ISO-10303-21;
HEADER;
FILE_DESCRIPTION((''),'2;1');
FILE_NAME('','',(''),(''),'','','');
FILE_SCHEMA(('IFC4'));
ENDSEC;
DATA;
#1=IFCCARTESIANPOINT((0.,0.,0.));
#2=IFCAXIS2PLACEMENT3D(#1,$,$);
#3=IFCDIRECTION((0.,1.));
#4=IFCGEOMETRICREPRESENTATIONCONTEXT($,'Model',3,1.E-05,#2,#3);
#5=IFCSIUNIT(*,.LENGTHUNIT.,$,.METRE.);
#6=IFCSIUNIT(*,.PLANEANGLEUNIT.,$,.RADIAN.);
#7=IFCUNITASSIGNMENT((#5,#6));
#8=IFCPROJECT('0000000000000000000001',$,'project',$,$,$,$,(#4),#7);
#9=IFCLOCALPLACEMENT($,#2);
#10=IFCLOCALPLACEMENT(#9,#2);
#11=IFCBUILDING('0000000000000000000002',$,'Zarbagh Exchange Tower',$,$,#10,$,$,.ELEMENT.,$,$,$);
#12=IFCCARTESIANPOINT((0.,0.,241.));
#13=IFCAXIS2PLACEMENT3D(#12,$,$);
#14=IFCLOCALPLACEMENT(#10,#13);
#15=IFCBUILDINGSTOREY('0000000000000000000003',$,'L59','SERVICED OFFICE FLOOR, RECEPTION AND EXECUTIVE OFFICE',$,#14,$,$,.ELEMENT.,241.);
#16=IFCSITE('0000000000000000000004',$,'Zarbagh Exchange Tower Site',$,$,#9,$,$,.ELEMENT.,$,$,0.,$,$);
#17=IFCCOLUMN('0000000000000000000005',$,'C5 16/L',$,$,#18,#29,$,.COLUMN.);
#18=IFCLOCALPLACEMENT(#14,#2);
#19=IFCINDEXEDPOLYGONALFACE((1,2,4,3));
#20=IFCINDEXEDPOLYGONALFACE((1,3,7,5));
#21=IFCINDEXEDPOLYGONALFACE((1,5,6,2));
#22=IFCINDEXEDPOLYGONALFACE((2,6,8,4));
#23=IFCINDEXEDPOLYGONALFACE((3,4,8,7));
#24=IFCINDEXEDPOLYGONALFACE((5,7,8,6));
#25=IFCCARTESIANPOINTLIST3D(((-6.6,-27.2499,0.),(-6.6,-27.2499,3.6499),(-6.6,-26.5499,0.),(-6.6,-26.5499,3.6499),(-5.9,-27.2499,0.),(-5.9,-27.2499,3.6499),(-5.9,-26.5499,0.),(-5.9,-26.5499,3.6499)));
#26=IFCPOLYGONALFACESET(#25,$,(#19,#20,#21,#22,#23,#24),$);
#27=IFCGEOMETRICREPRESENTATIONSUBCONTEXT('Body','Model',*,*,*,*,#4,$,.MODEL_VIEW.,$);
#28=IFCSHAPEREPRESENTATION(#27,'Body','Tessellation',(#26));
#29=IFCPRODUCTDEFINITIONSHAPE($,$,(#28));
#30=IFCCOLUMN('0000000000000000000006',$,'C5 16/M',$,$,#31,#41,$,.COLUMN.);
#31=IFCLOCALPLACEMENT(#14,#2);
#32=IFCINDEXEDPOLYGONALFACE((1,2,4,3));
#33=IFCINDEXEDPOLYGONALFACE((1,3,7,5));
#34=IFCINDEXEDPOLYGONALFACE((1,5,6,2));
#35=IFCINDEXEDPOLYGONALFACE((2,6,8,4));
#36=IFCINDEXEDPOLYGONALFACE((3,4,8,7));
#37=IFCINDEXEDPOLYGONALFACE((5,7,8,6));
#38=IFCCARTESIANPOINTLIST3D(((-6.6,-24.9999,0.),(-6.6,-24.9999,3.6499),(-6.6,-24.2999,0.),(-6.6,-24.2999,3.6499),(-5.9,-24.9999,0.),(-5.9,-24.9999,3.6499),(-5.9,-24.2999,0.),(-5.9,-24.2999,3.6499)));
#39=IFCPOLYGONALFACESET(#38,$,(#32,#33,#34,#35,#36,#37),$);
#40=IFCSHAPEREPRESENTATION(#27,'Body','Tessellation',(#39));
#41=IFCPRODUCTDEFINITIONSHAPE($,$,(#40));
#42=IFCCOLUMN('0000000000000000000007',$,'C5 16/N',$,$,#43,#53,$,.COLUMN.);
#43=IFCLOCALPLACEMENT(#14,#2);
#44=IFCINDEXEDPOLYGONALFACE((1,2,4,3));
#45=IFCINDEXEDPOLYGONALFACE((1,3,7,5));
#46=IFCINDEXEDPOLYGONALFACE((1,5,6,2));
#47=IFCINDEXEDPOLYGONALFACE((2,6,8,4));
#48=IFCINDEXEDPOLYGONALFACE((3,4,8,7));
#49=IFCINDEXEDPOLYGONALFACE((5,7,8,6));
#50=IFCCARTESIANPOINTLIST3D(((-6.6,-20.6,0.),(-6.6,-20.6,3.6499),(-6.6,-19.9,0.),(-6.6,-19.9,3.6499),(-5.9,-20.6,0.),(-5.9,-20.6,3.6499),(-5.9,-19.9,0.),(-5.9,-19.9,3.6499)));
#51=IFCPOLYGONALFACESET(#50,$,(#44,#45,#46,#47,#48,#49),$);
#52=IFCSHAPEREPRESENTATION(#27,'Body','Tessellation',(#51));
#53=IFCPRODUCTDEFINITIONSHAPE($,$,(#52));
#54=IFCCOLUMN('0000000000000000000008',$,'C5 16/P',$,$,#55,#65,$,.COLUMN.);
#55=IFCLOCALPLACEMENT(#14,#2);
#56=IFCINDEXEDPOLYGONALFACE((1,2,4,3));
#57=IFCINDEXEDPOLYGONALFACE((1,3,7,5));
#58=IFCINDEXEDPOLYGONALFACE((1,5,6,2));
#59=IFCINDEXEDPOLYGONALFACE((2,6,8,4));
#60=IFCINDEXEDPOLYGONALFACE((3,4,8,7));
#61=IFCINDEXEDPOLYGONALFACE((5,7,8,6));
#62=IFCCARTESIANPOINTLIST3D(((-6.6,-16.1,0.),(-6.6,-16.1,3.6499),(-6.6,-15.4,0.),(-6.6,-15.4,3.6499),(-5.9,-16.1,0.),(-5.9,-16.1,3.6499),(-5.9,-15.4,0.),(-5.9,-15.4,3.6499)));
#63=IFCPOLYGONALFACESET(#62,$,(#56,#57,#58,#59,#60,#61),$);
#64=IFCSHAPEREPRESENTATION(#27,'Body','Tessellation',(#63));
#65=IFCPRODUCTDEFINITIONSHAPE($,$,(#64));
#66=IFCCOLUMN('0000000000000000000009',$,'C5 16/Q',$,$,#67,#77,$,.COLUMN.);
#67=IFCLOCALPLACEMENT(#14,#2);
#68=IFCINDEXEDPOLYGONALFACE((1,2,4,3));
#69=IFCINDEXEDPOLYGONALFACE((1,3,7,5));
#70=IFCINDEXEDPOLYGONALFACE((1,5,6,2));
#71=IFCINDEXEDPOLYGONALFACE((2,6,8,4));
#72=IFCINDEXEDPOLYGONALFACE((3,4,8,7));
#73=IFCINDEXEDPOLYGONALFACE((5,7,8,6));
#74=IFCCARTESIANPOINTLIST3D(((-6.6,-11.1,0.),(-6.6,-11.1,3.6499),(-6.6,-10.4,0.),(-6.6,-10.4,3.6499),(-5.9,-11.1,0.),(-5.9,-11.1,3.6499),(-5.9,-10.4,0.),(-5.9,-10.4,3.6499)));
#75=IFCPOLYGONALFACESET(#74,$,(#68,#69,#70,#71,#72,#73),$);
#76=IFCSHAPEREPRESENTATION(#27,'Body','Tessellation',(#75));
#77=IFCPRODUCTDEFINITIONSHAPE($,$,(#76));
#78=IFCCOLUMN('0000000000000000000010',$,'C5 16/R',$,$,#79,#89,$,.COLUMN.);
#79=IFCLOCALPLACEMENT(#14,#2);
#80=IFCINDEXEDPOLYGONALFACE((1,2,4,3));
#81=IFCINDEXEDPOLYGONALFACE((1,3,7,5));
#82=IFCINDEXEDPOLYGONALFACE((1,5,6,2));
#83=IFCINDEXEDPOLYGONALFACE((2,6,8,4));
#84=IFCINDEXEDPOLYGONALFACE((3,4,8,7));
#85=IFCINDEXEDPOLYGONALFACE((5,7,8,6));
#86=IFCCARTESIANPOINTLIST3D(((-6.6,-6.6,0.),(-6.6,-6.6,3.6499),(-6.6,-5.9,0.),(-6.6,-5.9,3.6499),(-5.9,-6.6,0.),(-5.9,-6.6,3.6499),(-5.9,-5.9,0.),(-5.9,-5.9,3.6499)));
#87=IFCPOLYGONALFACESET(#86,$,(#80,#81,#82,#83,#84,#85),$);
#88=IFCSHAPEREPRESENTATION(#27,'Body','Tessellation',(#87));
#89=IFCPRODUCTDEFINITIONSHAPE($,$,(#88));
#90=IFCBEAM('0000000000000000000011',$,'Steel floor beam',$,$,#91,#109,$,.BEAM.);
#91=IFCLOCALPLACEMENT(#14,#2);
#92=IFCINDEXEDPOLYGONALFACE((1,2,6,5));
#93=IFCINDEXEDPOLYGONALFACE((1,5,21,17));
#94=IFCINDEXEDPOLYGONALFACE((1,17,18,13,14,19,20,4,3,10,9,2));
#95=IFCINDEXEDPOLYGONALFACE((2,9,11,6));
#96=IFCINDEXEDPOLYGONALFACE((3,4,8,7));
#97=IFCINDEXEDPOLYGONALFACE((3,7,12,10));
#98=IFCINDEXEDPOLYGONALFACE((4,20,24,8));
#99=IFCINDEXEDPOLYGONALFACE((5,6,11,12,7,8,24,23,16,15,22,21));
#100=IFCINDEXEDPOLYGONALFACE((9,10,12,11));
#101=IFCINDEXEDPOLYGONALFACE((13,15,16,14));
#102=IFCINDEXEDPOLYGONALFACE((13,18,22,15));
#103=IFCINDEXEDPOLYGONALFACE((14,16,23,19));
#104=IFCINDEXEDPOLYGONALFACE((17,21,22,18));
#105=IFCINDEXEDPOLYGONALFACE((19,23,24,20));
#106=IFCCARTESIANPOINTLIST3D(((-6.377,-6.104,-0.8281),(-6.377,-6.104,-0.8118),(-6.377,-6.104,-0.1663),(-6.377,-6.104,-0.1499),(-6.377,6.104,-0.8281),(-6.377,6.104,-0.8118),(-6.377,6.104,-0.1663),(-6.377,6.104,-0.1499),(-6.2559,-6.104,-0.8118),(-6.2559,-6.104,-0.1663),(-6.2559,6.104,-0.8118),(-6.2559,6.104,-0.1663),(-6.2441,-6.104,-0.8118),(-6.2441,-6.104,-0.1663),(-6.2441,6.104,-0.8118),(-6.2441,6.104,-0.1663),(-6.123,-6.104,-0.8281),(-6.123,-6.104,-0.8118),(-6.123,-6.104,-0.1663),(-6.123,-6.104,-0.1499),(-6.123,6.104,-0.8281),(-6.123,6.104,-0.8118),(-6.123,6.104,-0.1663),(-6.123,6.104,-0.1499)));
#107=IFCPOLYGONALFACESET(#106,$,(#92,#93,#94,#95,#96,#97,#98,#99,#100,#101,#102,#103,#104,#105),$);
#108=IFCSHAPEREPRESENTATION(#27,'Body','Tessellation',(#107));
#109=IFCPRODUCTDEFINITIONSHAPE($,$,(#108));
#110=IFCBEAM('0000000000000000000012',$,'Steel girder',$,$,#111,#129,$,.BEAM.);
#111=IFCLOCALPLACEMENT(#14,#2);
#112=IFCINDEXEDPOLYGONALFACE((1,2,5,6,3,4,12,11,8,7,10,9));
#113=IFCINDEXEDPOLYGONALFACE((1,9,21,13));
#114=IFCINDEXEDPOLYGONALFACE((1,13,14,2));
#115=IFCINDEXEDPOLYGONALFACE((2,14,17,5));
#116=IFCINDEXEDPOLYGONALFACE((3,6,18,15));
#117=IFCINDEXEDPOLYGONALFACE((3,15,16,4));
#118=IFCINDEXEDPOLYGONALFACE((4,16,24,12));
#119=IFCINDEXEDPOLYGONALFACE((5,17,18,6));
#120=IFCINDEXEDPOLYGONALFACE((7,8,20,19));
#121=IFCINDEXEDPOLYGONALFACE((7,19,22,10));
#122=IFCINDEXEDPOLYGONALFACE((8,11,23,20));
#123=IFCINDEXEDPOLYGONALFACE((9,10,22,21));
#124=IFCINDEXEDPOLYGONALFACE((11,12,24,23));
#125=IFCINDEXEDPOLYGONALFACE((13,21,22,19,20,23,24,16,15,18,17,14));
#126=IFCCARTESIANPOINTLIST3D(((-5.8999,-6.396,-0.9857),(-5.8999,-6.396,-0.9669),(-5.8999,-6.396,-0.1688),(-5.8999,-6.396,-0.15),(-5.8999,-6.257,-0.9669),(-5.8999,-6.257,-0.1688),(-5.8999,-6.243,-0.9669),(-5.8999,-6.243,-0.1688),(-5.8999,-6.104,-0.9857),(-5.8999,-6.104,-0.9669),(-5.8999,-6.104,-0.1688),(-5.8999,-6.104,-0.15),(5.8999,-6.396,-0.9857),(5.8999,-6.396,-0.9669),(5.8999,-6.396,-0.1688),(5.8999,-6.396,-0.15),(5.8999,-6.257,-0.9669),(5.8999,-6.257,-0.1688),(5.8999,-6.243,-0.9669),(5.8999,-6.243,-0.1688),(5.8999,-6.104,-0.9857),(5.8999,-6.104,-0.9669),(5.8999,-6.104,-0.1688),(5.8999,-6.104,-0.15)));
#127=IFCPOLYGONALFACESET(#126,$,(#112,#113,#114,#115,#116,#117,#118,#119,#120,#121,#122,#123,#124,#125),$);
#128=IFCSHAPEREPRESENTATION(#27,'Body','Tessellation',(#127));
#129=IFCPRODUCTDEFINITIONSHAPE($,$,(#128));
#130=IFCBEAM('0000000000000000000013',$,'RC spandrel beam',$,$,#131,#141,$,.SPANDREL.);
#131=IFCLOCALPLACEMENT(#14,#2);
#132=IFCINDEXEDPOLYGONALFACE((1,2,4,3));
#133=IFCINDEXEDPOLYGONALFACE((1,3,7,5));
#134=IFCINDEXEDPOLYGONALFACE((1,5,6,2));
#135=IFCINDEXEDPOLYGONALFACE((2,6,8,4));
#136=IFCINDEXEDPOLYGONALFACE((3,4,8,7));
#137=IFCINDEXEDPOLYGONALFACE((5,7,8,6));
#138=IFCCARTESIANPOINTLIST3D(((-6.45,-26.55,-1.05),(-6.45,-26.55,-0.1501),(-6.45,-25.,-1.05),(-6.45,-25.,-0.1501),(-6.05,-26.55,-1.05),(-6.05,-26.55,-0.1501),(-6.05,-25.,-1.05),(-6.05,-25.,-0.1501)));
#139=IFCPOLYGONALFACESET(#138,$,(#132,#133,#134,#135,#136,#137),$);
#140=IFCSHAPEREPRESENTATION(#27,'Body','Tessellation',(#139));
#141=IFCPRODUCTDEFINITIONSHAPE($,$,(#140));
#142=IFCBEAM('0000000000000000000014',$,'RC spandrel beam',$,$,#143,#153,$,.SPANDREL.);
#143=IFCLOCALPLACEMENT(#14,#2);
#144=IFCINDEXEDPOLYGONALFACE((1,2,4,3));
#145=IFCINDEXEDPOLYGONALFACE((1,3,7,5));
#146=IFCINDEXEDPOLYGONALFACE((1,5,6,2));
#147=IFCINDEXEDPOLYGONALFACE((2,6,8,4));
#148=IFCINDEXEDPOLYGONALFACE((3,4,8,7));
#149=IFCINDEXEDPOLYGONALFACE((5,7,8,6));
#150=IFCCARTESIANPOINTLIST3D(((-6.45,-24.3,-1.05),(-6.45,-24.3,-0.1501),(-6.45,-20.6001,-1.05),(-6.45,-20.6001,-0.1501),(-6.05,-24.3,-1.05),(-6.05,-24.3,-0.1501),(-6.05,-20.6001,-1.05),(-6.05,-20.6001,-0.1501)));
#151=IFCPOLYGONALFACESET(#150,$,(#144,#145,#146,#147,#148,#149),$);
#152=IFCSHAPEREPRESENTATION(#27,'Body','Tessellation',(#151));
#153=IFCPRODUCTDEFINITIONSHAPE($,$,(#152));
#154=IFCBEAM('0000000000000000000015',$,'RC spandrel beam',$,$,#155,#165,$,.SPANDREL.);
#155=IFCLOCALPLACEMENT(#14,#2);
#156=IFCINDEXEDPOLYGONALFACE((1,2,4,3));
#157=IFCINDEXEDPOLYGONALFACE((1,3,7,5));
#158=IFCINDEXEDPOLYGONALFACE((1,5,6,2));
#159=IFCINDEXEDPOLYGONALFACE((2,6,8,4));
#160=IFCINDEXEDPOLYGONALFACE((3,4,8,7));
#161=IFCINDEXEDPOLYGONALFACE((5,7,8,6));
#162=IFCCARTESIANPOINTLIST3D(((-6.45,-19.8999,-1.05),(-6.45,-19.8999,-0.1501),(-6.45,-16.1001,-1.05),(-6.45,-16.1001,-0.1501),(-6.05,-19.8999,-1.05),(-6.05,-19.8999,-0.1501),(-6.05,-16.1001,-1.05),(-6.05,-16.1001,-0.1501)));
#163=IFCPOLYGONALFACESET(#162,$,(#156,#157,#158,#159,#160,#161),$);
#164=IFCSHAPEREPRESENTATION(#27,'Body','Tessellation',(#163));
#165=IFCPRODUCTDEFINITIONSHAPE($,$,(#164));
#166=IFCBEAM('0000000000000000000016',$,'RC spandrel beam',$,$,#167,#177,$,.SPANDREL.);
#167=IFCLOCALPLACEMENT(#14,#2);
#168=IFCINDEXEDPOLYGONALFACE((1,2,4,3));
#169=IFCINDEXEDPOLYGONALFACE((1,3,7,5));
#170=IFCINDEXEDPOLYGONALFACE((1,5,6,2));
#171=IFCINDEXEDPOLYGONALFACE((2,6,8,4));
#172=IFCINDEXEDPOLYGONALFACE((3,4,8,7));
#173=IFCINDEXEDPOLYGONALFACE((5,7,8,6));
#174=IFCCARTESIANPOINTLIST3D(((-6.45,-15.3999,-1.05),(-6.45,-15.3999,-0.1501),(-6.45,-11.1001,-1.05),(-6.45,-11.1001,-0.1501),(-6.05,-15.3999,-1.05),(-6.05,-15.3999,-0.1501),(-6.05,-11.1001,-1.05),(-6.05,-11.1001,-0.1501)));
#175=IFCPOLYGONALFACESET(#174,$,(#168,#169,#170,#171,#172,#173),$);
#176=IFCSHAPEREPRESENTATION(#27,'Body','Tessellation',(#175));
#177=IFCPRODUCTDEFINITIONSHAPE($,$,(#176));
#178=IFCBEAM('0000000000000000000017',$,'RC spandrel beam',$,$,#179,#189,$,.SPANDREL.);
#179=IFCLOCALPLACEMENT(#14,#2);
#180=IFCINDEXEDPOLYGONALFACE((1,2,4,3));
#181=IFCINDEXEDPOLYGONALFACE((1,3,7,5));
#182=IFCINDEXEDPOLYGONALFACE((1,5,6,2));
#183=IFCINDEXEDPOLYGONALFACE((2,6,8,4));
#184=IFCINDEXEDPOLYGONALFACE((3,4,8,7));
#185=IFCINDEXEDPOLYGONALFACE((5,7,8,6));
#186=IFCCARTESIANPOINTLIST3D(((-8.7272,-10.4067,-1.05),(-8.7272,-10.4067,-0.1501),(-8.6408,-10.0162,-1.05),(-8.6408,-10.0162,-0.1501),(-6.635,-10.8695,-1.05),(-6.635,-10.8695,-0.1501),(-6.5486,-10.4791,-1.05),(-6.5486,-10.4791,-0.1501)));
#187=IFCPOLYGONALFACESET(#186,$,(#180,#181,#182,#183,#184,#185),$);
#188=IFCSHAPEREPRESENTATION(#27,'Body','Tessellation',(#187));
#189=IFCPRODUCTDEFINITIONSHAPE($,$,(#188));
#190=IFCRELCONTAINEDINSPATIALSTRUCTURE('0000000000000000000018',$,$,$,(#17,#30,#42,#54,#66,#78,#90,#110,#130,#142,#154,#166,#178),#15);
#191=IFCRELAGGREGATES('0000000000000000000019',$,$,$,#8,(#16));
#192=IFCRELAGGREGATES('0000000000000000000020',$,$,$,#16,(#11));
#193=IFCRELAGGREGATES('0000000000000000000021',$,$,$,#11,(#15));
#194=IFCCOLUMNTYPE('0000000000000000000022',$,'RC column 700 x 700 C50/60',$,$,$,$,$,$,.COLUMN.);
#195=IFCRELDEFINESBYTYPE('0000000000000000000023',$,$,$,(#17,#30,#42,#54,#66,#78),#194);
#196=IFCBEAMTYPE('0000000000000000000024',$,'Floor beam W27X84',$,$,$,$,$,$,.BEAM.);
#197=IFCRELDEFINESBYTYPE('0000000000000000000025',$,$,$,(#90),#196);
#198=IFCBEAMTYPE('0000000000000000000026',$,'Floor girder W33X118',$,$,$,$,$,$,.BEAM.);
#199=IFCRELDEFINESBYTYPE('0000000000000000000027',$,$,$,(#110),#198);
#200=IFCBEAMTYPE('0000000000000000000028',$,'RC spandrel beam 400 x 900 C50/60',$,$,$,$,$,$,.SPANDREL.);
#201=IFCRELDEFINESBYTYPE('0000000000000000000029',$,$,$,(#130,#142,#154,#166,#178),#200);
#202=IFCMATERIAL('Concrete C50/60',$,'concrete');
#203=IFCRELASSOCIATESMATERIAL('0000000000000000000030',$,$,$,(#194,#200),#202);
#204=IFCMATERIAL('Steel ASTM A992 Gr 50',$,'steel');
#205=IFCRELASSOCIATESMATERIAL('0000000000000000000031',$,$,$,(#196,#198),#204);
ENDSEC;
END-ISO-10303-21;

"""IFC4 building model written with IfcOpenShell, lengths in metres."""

from ifc_helpers import new_model, si_unit, direction, frame, origin, origin_2d, place, context, subcontext, project, spatial, rectangle, i_section, extrude, material, material_profile, profile_set, type_object, element, save


model = new_model("IFC4")

# Units and contexts
model_context = context("Model", 3, precision=1e-05, world=origin(), true_north=direction((0.0, 1.0)))
body_context = subcontext(model_context, "Body", "Model", "MODEL_VIEW")
ifc_project = project(units=[si_unit("LENGTHUNIT", "METRE"), si_unit("PLANEANGLEUNIT", "RADIAN")], contexts=[model_context])

# Site, building, storey
site_placement = place(None, origin())
site = spatial("IfcSite", under=ifc_project, at=site_placement, Name="Zarbagh Exchange Tower Site", CompositionType="ELEMENT", RefElevation=0.0)
building_placement = place(site_placement, origin())
building = spatial("IfcBuilding", under=site, at=building_placement, Name="Zarbagh Exchange Tower", CompositionType="ELEMENT")
storey_placement = place(building_placement, frame((0.0, 0.0, 241.0)))
storey = spatial("IfcBuildingStorey", under=building, at=storey_placement, Name="L59", Description="SERVICED OFFICE FLOOR, RECEPTION AND EXECUTIVE OFFICE", CompositionType="ELEMENT", Elevation=241.0)

# Columns
ifc_material_1 = material(Name="Concrete C50/60", Category="concrete")
ifc_material_profile_1 = material_profile(ifc_material_1, rectangle(XDim=0.7, YDim=0.7, at=origin_2d()), Name="RC column 700 x 700 C50/60")
ifc_profile_set_1 = profile_set([ifc_material_profile_1], Name="Concrete C50/60")
column_type = type_object("IfcColumnType", Name="RC column 700 x 700 C50/60", PredefinedType="COLUMN", material=ifc_profile_set_1)
for number, where, z_axis, x_axis, name in (
    (1, (-6.25, -26.8999, 0.0), (0.0, 0.0, 1.0), (1.0, 0.0, 0.0), "C5 16/L"),
    (2, (-6.25, -24.6499, 0.0), (0.0, 0.0, 1.0), (1.0, 0.0, 0.0), "C5 16/M"),
    (3, (-6.25, -20.25, 0.0), (0.0, 0.0, 1.0), (1.0, 0.0, 0.0), "C5 16/N"),
    (4, (-6.25, -15.75, 0.0), (0.0, 0.0, 1.0), (1.0, 0.0, 0.0), "C5 16/P"),
    (5, (-6.25, -10.75, 0.0), (0.0, 0.0, 1.0), (1.0, 0.0, 0.0), "C5 16/Q"),
    (6, (-6.25, -6.25, 0.0), (0.0, 0.0, 1.0), (1.0, 0.0, 0.0), "C5 16/R"),
):
    element("IfcColumn", number, at=place(storey_placement, frame(where, z_axis=z_axis, x_axis=x_axis)), inside=storey, type_object=column_type, Name=name, PredefinedType="COLUMN", context=body_context, shape_type="SweptSolid", body=[
        extrude(rectangle(XDim=0.7, YDim=0.7, at=origin_2d()), origin(), (0.0, 0.0, 1.0), 3.6499),
    ])

# Beams
ifc_material_2 = material(Name="Steel ASTM A992 Gr 50", Category="steel")
ifc_material_profile_2 = material_profile(ifc_material_2, i_section(OverallWidth=0.2539, OverallDepth=0.6782, WebThickness=0.0117, FlangeThickness=0.0164, at=origin_2d()), Name="W27X84")
ifc_profile_set_2 = profile_set([ifc_material_profile_2], Name="Steel ASTM A992 Gr 50")
beam_type_1 = type_object("IfcBeamType", Name="Floor beam W27X84", PredefinedType="BEAM", material=ifc_profile_set_2)
beam_1_placement = place(storey_placement, frame((-6.25, -6.104, -0.489), z_axis=(0.0, 1.0, 0.0), x_axis=(-1.0, 0.0, 0.0)))
element("IfcBeam", 7, at=beam_1_placement, inside=storey, type_object=beam_type_1, Name="Steel floor beam", PredefinedType="BEAM", context=body_context, shape_type="SweptSolid", body=[
    extrude(i_section(OverallWidth=0.2539, OverallDepth=0.6782, WebThickness=0.0117, FlangeThickness=0.0164, at=origin_2d()), origin(), (0.0, 0.0, 1.0), 12.208),
])
ifc_material_profile_3 = material_profile(ifc_material_2, i_section(OverallWidth=0.292, OverallDepth=0.8357, WebThickness=0.0139, FlangeThickness=0.0188, at=origin_2d()), Name="W33X118")
ifc_profile_set_3 = profile_set([ifc_material_profile_3], Name="Steel ASTM A992 Gr 50")
beam_type_2 = type_object("IfcBeamType", Name="Floor girder W33X118", PredefinedType="BEAM", material=ifc_profile_set_3)
beam_2_placement = place(storey_placement, frame((-5.8999, -6.25, -0.5679), z_axis=(1.0, 0.0, 0.0), x_axis=(0.0, 1.0, 0.0)))
element("IfcBeam", 8, at=beam_2_placement, inside=storey, type_object=beam_type_2, Name="Steel girder", PredefinedType="BEAM", context=body_context, shape_type="SweptSolid", body=[
    extrude(i_section(OverallWidth=0.292, OverallDepth=0.8357, WebThickness=0.0139, FlangeThickness=0.0188, at=origin_2d()), origin(), (0.0, 0.0, 1.0), 11.7998),
])
ifc_material_profile_4 = material_profile(ifc_material_1, rectangle(XDim=0.3999, YDim=0.8999, at=origin_2d()), Name="RC spandrel beam 400 x 900 C50/60")
ifc_profile_set_4 = profile_set([ifc_material_profile_4], Name="Concrete C50/60")
beam_type_3 = type_object("IfcBeamType", Name="RC spandrel beam 400 x 900 C50/60", PredefinedType="SPANDREL", material=ifc_profile_set_4)
beam_3_placement = place(storey_placement, frame((-6.25, -26.55, -0.6001), z_axis=(0.0, 1.0, 0.0), x_axis=(-1.0, 0.0, 0.0)))
element("IfcBeam", 9, at=beam_3_placement, inside=storey, type_object=beam_type_3, Name="RC spandrel beam", PredefinedType="SPANDREL", context=body_context, shape_type="SweptSolid", body=[
    extrude(rectangle(XDim=0.3999, YDim=0.8999, at=origin_2d()), origin(), (0.0, 0.0, 1.0), 1.55),
])
beam_4_placement = place(storey_placement, frame((-6.25, -24.3, -0.6001), z_axis=(0.0, 1.0, 0.0), x_axis=(-1.0, 0.0, 0.0)))
element("IfcBeam", 10, at=beam_4_placement, inside=storey, type_object=beam_type_3, Name="RC spandrel beam", PredefinedType="SPANDREL", context=body_context, shape_type="SweptSolid", body=[
    extrude(rectangle(XDim=0.3999, YDim=0.8999, at=origin_2d()), origin(), (0.0, 0.0, 1.0), 3.7),
])
beam_5_placement = place(storey_placement, frame((-6.25, -19.8999, -0.6001), z_axis=(0.0, 1.0, 0.0), x_axis=(-1.0, 0.0, 0.0)))
element("IfcBeam", 11, at=beam_5_placement, inside=storey, type_object=beam_type_3, Name="RC spandrel beam", PredefinedType="SPANDREL", context=body_context, shape_type="SweptSolid", body=[
    extrude(rectangle(XDim=0.3999, YDim=0.8999, at=origin_2d()), origin(), (0.0, 0.0, 1.0), 3.7998),
])
beam_6_placement = place(storey_placement, frame((-6.25, -15.3999, -0.6001), z_axis=(0.0, 1.0, 0.0), x_axis=(-1.0, 0.0, 0.0)))
element("IfcBeam", 12, at=beam_6_placement, inside=storey, type_object=beam_type_3, Name="RC spandrel beam", PredefinedType="SPANDREL", context=body_context, shape_type="SweptSolid", body=[
    extrude(rectangle(XDim=0.3999, YDim=0.8999, at=origin_2d()), origin(), (0.0, 0.0, 1.0), 4.2998),
])
beam_7_placement = place(storey_placement, frame((-6.5918, -10.6743, -0.6001), z_axis=(-0.97639, 0.216014, 0.0), x_axis=(-0.216014, -0.97639, 0.0)))
element("IfcBeam", 13, at=beam_7_placement, inside=storey, type_object=beam_type_3, Name="RC spandrel beam", PredefinedType="SPANDREL", context=body_context, shape_type="SweptSolid", body=[
    extrude(rectangle(XDim=0.3999, YDim=0.8999, at=origin_2d()), origin(), (0.0, 0.0, 1.0), 2.1428),
])

save(model, "model.ifc")
